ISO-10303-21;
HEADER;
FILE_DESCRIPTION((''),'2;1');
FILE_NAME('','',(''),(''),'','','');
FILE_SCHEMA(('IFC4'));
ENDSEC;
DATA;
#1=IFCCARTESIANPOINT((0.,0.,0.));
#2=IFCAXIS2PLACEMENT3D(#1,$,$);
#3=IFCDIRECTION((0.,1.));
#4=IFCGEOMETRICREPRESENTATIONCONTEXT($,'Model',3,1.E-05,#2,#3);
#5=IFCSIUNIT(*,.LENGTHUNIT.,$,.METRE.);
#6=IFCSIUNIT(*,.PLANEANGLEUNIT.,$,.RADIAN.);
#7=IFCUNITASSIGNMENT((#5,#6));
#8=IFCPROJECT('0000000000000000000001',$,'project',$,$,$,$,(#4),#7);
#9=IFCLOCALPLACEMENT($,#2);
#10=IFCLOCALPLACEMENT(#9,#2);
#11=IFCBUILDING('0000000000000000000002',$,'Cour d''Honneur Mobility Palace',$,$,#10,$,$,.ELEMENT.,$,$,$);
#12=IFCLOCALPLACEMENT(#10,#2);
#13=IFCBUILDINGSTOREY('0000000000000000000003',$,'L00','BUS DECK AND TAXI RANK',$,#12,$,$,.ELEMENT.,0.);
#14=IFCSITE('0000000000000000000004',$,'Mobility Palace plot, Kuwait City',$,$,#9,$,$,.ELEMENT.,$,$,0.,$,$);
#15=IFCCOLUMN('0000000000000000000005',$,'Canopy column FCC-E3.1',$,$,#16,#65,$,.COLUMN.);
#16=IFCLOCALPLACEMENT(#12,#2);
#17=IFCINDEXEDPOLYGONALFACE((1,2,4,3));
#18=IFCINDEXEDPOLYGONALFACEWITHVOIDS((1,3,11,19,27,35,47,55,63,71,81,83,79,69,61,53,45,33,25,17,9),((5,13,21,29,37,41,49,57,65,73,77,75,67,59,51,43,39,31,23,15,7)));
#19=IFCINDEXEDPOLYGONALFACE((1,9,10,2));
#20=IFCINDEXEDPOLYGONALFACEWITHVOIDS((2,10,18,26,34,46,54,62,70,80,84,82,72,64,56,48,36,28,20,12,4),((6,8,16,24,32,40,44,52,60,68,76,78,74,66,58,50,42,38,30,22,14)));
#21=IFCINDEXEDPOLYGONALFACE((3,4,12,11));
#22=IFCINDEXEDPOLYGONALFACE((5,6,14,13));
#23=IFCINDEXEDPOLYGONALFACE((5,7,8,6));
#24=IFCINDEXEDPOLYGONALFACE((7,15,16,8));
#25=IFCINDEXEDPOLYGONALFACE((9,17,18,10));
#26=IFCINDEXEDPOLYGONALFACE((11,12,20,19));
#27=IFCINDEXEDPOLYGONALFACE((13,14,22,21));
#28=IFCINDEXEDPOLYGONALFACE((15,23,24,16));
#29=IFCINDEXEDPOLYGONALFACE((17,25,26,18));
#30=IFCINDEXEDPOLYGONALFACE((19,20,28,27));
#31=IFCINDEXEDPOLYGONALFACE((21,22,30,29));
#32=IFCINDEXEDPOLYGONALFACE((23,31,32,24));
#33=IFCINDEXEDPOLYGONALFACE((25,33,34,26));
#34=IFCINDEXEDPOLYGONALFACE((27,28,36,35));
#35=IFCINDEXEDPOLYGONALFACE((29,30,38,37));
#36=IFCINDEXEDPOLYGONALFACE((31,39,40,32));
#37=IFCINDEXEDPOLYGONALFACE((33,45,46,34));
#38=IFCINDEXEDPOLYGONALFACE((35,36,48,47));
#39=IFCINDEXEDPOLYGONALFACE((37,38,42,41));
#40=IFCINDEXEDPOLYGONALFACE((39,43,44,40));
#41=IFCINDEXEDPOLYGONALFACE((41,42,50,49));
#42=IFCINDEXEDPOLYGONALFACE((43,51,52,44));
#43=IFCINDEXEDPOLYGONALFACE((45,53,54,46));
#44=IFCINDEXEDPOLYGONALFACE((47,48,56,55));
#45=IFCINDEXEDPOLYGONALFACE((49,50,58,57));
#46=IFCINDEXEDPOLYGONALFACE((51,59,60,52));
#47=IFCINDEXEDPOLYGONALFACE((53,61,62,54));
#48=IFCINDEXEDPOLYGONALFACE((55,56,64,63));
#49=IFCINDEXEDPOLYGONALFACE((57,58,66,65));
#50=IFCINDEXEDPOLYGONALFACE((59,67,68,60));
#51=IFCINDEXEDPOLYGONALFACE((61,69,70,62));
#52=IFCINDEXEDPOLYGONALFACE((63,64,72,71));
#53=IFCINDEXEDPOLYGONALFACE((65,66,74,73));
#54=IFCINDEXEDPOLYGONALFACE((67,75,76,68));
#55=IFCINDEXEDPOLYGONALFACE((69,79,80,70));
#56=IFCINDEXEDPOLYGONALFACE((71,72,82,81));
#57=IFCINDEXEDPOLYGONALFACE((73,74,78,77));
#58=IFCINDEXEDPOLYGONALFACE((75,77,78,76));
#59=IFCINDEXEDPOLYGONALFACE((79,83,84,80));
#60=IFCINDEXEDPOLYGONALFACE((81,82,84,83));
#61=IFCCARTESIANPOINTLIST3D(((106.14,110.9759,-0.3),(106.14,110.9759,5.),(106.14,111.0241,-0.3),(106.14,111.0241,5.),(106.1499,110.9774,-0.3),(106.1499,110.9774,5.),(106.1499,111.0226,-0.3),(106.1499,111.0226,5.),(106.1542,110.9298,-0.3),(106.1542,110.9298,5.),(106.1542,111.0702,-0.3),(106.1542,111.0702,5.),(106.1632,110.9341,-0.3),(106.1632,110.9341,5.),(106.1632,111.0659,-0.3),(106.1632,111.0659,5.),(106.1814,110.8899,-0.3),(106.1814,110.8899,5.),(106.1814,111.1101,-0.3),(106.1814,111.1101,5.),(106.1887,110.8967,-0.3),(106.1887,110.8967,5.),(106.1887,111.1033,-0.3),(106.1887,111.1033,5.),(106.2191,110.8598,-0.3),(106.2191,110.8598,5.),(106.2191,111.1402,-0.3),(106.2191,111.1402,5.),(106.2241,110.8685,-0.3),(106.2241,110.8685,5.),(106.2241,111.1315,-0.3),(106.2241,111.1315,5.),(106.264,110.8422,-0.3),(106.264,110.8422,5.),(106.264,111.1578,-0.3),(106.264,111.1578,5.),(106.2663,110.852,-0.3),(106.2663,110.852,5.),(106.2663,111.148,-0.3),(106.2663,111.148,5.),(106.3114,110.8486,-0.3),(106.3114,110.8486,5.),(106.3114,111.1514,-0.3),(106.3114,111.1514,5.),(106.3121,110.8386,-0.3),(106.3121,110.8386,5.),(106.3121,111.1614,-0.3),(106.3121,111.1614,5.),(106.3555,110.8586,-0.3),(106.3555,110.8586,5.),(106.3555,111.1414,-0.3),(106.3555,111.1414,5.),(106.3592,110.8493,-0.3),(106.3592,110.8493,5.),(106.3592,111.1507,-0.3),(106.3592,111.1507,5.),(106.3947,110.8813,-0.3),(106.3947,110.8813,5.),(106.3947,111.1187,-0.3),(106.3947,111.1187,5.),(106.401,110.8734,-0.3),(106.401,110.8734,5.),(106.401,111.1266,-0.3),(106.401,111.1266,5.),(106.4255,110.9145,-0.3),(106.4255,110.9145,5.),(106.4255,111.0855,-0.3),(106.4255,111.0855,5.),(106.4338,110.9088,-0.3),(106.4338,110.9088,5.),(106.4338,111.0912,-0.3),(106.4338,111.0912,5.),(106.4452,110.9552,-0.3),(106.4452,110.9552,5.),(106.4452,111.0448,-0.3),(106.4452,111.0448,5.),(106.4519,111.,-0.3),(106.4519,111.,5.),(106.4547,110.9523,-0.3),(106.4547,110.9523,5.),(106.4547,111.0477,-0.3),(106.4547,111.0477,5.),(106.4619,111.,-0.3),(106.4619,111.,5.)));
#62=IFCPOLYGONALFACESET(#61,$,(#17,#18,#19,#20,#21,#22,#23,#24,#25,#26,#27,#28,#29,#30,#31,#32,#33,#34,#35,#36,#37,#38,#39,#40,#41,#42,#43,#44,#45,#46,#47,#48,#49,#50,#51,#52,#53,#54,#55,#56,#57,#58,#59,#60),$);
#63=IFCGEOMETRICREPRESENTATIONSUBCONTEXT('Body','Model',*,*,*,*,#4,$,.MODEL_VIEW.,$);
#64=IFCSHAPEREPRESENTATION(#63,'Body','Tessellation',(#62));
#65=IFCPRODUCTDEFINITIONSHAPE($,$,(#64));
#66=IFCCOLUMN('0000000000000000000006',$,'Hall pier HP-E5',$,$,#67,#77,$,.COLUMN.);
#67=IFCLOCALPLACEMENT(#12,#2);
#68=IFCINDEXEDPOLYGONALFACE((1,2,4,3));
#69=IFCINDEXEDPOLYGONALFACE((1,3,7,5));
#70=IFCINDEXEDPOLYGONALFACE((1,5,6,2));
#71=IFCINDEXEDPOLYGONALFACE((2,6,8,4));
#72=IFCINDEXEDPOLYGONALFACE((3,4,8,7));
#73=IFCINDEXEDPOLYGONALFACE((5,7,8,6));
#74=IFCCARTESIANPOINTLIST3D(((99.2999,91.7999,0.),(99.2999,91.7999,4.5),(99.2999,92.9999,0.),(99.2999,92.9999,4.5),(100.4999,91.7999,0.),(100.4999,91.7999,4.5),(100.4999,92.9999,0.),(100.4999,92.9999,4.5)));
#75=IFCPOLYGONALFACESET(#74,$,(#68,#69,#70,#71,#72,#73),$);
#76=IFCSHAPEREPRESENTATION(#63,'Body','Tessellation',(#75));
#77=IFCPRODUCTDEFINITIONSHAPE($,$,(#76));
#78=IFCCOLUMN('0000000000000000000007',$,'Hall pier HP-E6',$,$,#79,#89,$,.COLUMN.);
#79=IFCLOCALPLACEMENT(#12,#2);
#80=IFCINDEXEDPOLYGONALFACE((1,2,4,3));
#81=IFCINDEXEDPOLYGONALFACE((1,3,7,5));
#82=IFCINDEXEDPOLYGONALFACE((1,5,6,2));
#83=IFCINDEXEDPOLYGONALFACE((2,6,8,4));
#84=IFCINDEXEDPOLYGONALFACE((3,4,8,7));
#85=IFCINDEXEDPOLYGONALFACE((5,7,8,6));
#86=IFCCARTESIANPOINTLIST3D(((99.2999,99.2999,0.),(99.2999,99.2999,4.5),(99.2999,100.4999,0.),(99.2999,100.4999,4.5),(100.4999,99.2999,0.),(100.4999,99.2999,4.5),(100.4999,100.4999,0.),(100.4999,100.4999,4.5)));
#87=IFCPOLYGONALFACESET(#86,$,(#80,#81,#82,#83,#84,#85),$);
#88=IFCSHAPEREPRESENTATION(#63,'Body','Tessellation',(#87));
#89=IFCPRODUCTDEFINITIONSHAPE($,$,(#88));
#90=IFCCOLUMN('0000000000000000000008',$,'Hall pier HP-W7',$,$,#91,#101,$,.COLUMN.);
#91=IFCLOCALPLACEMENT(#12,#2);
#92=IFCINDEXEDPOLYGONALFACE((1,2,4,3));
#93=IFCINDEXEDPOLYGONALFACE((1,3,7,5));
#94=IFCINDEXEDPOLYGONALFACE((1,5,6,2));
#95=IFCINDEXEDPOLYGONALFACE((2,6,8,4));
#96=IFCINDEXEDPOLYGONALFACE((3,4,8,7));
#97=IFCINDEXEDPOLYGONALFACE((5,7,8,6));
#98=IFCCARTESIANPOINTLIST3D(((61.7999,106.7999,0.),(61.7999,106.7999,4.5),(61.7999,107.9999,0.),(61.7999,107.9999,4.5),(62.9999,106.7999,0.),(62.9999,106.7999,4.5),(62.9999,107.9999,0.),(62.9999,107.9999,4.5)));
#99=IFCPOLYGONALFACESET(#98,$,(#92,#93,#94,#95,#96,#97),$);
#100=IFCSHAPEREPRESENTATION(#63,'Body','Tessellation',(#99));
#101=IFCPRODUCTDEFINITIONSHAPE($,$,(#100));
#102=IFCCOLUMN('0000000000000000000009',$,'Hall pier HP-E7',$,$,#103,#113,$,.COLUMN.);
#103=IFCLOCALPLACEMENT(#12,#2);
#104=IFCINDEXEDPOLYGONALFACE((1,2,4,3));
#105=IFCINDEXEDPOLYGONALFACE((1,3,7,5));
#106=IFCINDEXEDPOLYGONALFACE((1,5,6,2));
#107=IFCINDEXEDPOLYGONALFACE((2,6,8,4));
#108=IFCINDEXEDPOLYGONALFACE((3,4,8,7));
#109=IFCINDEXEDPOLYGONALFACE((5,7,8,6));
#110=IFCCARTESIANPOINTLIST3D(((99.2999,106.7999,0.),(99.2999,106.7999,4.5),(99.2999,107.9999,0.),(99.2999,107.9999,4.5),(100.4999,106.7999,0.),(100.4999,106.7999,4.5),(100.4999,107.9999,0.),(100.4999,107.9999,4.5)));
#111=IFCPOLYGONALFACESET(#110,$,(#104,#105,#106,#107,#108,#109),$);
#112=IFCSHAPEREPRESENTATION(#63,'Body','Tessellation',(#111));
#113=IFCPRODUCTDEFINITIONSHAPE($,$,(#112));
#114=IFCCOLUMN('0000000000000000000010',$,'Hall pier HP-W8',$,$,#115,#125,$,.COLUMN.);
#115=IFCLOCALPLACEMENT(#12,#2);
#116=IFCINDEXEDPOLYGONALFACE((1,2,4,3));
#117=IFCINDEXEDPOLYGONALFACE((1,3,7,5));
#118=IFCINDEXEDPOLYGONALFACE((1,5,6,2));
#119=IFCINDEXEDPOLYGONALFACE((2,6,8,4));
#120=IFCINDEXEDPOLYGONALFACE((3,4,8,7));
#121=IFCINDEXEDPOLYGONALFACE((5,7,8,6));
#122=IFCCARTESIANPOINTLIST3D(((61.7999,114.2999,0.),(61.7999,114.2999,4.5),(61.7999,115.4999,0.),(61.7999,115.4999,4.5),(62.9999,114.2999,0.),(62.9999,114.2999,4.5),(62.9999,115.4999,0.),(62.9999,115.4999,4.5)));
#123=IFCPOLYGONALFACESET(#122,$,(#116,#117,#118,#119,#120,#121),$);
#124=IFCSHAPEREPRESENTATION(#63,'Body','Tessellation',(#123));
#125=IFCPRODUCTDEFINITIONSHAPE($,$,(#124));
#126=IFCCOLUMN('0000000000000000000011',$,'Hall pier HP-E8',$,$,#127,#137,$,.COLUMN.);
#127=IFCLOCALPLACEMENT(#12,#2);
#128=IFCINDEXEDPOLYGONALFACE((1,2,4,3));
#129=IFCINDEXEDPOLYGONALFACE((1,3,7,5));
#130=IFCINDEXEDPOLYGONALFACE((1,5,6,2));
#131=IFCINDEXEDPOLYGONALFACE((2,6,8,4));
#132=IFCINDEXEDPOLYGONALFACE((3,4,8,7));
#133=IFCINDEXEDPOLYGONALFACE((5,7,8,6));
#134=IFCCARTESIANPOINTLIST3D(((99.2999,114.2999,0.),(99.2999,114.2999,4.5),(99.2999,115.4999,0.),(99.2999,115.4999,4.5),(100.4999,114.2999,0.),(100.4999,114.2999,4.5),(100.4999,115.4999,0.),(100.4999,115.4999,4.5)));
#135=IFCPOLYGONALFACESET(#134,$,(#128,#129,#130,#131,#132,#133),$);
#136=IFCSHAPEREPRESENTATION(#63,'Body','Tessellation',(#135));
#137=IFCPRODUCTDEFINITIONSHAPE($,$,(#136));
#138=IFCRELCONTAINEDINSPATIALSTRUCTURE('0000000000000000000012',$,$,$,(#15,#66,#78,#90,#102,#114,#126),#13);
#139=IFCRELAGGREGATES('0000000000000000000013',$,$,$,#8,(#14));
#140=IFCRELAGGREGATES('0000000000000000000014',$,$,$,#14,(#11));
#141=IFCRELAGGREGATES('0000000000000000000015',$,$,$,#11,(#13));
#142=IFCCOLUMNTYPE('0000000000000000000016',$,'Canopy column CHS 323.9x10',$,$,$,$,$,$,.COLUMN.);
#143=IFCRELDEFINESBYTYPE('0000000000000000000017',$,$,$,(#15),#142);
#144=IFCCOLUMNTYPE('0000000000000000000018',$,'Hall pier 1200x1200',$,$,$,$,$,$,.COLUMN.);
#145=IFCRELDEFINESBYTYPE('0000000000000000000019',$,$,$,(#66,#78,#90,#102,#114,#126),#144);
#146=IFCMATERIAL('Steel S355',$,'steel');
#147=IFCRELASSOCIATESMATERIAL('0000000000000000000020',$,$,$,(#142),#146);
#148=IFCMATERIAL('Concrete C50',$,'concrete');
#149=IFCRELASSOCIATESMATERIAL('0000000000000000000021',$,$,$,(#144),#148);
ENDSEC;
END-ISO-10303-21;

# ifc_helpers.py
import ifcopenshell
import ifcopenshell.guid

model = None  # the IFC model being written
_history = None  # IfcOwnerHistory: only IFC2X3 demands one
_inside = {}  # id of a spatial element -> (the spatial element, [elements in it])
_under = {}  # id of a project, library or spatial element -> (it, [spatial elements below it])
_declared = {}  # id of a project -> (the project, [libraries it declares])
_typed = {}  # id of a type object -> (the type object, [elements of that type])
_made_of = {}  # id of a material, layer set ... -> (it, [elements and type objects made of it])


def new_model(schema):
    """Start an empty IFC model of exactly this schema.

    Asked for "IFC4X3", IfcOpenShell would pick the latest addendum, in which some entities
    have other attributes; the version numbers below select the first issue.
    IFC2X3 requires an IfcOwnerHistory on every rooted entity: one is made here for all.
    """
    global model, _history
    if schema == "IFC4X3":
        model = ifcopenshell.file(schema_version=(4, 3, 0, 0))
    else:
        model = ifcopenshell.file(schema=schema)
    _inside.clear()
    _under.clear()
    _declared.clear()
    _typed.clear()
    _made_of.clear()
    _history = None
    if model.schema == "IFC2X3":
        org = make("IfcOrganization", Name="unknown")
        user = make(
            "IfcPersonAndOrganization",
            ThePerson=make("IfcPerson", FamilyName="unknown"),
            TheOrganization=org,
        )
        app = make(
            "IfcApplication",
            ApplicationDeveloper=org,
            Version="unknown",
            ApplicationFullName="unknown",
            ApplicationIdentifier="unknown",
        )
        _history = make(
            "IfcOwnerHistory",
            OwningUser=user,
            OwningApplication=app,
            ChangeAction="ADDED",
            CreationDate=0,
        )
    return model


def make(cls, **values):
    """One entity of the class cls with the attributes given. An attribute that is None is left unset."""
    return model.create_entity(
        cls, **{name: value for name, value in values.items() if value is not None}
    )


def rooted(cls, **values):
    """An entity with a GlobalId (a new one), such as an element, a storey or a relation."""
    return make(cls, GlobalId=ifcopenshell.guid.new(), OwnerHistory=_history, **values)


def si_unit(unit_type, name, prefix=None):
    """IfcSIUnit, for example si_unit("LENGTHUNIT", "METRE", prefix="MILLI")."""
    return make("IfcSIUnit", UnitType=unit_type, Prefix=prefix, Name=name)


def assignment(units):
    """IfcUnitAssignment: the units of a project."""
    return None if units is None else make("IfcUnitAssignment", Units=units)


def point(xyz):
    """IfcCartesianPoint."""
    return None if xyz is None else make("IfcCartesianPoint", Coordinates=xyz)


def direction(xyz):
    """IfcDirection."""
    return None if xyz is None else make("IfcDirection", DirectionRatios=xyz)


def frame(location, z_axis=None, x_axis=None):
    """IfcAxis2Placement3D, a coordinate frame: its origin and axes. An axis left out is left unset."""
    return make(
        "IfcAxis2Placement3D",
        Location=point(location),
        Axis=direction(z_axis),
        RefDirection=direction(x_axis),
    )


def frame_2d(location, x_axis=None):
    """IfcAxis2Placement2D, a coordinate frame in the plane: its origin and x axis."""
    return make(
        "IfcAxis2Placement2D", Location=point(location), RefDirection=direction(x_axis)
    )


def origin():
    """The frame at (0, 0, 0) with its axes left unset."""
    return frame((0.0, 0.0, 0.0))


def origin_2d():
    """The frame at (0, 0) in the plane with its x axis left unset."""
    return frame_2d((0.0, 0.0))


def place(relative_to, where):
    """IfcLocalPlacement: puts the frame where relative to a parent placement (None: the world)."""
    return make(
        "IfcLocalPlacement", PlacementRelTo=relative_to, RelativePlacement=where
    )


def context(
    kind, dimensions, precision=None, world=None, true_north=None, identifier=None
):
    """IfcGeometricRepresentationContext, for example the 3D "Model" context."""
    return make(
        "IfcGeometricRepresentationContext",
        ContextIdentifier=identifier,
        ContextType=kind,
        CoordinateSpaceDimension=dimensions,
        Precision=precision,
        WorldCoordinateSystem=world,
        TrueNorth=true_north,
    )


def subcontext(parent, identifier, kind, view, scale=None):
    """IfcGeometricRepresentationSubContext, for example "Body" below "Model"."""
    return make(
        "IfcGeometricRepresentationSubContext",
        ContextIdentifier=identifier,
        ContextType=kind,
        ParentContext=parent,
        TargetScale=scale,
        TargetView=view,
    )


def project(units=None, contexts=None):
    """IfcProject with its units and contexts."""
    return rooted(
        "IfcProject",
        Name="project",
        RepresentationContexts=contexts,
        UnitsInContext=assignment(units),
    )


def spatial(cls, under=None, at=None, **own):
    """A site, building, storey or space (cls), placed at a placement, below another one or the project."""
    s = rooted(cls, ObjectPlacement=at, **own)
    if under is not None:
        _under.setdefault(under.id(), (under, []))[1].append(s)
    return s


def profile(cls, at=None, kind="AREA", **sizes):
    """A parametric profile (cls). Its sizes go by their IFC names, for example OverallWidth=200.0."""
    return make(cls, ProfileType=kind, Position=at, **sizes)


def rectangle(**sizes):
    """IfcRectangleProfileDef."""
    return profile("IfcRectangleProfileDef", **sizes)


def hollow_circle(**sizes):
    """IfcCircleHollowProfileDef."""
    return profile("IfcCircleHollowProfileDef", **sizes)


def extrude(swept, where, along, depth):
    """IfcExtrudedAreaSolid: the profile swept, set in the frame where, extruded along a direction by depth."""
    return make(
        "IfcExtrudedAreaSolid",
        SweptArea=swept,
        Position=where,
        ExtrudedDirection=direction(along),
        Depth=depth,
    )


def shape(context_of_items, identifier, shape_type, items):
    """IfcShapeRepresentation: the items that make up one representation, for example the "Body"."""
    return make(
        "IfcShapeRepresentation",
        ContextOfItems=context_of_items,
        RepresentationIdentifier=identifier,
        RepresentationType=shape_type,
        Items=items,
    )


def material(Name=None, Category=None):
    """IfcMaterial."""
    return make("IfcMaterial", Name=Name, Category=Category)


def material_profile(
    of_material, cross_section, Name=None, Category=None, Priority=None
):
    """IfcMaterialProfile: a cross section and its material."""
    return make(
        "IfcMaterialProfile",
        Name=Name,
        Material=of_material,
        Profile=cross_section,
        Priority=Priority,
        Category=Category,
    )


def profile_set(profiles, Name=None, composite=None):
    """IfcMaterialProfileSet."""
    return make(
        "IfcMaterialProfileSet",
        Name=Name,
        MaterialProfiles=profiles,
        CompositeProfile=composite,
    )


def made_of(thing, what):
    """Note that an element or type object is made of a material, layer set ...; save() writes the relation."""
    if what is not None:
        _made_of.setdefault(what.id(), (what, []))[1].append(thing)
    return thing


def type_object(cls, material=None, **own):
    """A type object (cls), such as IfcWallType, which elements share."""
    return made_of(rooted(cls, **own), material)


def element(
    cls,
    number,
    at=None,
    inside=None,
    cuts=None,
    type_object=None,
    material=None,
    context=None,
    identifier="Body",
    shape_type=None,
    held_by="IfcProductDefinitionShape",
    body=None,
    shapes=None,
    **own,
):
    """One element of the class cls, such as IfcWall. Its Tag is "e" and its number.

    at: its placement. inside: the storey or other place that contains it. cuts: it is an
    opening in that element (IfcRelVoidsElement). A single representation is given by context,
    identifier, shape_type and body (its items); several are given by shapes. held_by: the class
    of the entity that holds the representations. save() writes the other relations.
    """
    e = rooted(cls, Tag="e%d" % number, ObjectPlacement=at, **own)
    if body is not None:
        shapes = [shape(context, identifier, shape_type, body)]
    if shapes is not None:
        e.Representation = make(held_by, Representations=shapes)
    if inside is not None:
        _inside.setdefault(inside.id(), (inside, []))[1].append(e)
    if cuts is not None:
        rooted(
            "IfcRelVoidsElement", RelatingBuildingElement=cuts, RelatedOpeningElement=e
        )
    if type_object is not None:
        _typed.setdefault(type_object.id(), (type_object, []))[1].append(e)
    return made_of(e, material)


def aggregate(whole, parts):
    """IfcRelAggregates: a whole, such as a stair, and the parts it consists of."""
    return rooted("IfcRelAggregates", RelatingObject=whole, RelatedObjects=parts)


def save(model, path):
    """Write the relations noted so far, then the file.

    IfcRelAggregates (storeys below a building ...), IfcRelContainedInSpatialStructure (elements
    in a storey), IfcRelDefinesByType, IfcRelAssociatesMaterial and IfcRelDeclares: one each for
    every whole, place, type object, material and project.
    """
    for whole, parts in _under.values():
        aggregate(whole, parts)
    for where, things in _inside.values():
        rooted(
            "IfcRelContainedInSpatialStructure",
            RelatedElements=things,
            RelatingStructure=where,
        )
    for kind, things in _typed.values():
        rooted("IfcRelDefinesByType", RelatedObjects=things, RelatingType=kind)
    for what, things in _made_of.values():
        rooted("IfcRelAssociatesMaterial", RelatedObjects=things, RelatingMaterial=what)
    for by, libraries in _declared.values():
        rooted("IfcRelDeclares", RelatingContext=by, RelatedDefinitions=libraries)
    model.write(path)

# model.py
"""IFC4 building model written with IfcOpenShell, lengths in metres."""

from ifc_helpers import new_model, si_unit, direction, frame, origin, origin_2d, place, context, subcontext, project, spatial, rectangle, hollow_circle, extrude, material, material_profile, profile_set, type_object, element, save


model = new_model("IFC4")

# Units and contexts
model_context = context("Model", 3, precision=1e-05, world=origin(), true_north=direction((0.0, 1.0)))
body_context = subcontext(model_context, "Body", "Model", "MODEL_VIEW")
ifc_project = project(units=[si_unit("LENGTHUNIT", "METRE"), si_unit("PLANEANGLEUNIT", "RADIAN")], contexts=[model_context])

# Site, building, storey
site_placement = place(None, origin())
site = spatial("IfcSite", under=ifc_project, at=site_placement, Name="Mobility Palace plot, Kuwait City", CompositionType="ELEMENT", RefElevation=0.0)
building_placement = place(site_placement, origin())
building = spatial("IfcBuilding", under=site, at=building_placement, Name="Cour d'Honneur Mobility Palace", CompositionType="ELEMENT")
storey_placement = place(building_placement, origin())
storey = spatial("IfcBuildingStorey", under=building, at=storey_placement, Name="L00", Description="BUS DECK AND TAXI RANK", CompositionType="ELEMENT", Elevation=0.0)

# Columns
ifc_material_1 = material(Name="Steel S355", Category="steel")
ifc_material_profile_1 = material_profile(ifc_material_1, hollow_circle(Radius=0.1619, WallThickness=0.01, at=origin_2d()), Name="CHS 323.9x10")
ifc_profile_set_1 = profile_set([ifc_material_profile_1], Name="Steel S355")
column_type_1 = type_object("IfcColumnType", Name="Canopy column CHS 323.9x10", PredefinedType="COLUMN", material=ifc_profile_set_1)
for number, where, z_axis, x_axis, name in (
    (1, (106.3, 111.0, -0.3), (0.0, 0.0, 1.0), (1.0, 0.0, 0.0), "Canopy column FCC-E3.1"),
):
    element("IfcColumn", number, at=place(storey_placement, frame(where, z_axis=z_axis, x_axis=x_axis)), inside=storey, type_object=column_type_1, Name=name, PredefinedType="COLUMN", context=body_context, shape_type="SweptSolid", body=[
        extrude(hollow_circle(Radius=0.1619, WallThickness=0.01, at=origin_2d()), origin(), (0.0, 0.0, 1.0), 5.3),
    ])
ifc_material_2 = material(Name="Concrete C50", Category="concrete")
ifc_material_profile_2 = material_profile(ifc_material_2, rectangle(XDim=1.2, YDim=1.2, at=origin_2d()), Name="Hall pier 1200x1200")
ifc_profile_set_2 = profile_set([ifc_material_profile_2], Name="Concrete C50")
column_type_2 = type_object("IfcColumnType", Name="Hall pier 1200x1200", PredefinedType="COLUMN", material=ifc_profile_set_2)
for number, where, z_axis, x_axis, name in (
    (2, (99.8999, 92.3999, 0.0), (0.0, 0.0, 1.0), (1.0, 0.0, 0.0), "Hall pier HP-E5"),
    (3, (99.8999, 99.8999, 0.0), (0.0, 0.0, 1.0), (1.0, 0.0, 0.0), "Hall pier HP-E6"),
    (4, (62.3999, 107.3999, 0.0), (0.0, 0.0, 1.0), (1.0, 0.0, 0.0), "Hall pier HP-W7"),
    (5, (99.8999, 107.3999, 0.0), (0.0, 0.0, 1.0), (1.0, 0.0, 0.0), "Hall pier HP-E7"),
    (6, (62.3999, 114.8999, 0.0), (0.0, 0.0, 1.0), (1.0, 0.0, 0.0), "Hall pier HP-W8"),
    (7, (99.8999, 114.8999, 0.0), (0.0, 0.0, 1.0), (1.0, 0.0, 0.0), "Hall pier HP-E8"),
):
    element("IfcColumn", number, at=place(storey_placement, frame(where, z_axis=z_axis, x_axis=x_axis)), inside=storey, type_object=column_type_2, Name=name, PredefinedType="COLUMN", context=body_context, shape_type="SweptSolid", body=[
        extrude(rectangle(XDim=1.2, YDim=1.2, at=origin_2d()), origin(), (0.0, 0.0, 1.0), 4.5),
    ])

save(model, "model.ifc")
